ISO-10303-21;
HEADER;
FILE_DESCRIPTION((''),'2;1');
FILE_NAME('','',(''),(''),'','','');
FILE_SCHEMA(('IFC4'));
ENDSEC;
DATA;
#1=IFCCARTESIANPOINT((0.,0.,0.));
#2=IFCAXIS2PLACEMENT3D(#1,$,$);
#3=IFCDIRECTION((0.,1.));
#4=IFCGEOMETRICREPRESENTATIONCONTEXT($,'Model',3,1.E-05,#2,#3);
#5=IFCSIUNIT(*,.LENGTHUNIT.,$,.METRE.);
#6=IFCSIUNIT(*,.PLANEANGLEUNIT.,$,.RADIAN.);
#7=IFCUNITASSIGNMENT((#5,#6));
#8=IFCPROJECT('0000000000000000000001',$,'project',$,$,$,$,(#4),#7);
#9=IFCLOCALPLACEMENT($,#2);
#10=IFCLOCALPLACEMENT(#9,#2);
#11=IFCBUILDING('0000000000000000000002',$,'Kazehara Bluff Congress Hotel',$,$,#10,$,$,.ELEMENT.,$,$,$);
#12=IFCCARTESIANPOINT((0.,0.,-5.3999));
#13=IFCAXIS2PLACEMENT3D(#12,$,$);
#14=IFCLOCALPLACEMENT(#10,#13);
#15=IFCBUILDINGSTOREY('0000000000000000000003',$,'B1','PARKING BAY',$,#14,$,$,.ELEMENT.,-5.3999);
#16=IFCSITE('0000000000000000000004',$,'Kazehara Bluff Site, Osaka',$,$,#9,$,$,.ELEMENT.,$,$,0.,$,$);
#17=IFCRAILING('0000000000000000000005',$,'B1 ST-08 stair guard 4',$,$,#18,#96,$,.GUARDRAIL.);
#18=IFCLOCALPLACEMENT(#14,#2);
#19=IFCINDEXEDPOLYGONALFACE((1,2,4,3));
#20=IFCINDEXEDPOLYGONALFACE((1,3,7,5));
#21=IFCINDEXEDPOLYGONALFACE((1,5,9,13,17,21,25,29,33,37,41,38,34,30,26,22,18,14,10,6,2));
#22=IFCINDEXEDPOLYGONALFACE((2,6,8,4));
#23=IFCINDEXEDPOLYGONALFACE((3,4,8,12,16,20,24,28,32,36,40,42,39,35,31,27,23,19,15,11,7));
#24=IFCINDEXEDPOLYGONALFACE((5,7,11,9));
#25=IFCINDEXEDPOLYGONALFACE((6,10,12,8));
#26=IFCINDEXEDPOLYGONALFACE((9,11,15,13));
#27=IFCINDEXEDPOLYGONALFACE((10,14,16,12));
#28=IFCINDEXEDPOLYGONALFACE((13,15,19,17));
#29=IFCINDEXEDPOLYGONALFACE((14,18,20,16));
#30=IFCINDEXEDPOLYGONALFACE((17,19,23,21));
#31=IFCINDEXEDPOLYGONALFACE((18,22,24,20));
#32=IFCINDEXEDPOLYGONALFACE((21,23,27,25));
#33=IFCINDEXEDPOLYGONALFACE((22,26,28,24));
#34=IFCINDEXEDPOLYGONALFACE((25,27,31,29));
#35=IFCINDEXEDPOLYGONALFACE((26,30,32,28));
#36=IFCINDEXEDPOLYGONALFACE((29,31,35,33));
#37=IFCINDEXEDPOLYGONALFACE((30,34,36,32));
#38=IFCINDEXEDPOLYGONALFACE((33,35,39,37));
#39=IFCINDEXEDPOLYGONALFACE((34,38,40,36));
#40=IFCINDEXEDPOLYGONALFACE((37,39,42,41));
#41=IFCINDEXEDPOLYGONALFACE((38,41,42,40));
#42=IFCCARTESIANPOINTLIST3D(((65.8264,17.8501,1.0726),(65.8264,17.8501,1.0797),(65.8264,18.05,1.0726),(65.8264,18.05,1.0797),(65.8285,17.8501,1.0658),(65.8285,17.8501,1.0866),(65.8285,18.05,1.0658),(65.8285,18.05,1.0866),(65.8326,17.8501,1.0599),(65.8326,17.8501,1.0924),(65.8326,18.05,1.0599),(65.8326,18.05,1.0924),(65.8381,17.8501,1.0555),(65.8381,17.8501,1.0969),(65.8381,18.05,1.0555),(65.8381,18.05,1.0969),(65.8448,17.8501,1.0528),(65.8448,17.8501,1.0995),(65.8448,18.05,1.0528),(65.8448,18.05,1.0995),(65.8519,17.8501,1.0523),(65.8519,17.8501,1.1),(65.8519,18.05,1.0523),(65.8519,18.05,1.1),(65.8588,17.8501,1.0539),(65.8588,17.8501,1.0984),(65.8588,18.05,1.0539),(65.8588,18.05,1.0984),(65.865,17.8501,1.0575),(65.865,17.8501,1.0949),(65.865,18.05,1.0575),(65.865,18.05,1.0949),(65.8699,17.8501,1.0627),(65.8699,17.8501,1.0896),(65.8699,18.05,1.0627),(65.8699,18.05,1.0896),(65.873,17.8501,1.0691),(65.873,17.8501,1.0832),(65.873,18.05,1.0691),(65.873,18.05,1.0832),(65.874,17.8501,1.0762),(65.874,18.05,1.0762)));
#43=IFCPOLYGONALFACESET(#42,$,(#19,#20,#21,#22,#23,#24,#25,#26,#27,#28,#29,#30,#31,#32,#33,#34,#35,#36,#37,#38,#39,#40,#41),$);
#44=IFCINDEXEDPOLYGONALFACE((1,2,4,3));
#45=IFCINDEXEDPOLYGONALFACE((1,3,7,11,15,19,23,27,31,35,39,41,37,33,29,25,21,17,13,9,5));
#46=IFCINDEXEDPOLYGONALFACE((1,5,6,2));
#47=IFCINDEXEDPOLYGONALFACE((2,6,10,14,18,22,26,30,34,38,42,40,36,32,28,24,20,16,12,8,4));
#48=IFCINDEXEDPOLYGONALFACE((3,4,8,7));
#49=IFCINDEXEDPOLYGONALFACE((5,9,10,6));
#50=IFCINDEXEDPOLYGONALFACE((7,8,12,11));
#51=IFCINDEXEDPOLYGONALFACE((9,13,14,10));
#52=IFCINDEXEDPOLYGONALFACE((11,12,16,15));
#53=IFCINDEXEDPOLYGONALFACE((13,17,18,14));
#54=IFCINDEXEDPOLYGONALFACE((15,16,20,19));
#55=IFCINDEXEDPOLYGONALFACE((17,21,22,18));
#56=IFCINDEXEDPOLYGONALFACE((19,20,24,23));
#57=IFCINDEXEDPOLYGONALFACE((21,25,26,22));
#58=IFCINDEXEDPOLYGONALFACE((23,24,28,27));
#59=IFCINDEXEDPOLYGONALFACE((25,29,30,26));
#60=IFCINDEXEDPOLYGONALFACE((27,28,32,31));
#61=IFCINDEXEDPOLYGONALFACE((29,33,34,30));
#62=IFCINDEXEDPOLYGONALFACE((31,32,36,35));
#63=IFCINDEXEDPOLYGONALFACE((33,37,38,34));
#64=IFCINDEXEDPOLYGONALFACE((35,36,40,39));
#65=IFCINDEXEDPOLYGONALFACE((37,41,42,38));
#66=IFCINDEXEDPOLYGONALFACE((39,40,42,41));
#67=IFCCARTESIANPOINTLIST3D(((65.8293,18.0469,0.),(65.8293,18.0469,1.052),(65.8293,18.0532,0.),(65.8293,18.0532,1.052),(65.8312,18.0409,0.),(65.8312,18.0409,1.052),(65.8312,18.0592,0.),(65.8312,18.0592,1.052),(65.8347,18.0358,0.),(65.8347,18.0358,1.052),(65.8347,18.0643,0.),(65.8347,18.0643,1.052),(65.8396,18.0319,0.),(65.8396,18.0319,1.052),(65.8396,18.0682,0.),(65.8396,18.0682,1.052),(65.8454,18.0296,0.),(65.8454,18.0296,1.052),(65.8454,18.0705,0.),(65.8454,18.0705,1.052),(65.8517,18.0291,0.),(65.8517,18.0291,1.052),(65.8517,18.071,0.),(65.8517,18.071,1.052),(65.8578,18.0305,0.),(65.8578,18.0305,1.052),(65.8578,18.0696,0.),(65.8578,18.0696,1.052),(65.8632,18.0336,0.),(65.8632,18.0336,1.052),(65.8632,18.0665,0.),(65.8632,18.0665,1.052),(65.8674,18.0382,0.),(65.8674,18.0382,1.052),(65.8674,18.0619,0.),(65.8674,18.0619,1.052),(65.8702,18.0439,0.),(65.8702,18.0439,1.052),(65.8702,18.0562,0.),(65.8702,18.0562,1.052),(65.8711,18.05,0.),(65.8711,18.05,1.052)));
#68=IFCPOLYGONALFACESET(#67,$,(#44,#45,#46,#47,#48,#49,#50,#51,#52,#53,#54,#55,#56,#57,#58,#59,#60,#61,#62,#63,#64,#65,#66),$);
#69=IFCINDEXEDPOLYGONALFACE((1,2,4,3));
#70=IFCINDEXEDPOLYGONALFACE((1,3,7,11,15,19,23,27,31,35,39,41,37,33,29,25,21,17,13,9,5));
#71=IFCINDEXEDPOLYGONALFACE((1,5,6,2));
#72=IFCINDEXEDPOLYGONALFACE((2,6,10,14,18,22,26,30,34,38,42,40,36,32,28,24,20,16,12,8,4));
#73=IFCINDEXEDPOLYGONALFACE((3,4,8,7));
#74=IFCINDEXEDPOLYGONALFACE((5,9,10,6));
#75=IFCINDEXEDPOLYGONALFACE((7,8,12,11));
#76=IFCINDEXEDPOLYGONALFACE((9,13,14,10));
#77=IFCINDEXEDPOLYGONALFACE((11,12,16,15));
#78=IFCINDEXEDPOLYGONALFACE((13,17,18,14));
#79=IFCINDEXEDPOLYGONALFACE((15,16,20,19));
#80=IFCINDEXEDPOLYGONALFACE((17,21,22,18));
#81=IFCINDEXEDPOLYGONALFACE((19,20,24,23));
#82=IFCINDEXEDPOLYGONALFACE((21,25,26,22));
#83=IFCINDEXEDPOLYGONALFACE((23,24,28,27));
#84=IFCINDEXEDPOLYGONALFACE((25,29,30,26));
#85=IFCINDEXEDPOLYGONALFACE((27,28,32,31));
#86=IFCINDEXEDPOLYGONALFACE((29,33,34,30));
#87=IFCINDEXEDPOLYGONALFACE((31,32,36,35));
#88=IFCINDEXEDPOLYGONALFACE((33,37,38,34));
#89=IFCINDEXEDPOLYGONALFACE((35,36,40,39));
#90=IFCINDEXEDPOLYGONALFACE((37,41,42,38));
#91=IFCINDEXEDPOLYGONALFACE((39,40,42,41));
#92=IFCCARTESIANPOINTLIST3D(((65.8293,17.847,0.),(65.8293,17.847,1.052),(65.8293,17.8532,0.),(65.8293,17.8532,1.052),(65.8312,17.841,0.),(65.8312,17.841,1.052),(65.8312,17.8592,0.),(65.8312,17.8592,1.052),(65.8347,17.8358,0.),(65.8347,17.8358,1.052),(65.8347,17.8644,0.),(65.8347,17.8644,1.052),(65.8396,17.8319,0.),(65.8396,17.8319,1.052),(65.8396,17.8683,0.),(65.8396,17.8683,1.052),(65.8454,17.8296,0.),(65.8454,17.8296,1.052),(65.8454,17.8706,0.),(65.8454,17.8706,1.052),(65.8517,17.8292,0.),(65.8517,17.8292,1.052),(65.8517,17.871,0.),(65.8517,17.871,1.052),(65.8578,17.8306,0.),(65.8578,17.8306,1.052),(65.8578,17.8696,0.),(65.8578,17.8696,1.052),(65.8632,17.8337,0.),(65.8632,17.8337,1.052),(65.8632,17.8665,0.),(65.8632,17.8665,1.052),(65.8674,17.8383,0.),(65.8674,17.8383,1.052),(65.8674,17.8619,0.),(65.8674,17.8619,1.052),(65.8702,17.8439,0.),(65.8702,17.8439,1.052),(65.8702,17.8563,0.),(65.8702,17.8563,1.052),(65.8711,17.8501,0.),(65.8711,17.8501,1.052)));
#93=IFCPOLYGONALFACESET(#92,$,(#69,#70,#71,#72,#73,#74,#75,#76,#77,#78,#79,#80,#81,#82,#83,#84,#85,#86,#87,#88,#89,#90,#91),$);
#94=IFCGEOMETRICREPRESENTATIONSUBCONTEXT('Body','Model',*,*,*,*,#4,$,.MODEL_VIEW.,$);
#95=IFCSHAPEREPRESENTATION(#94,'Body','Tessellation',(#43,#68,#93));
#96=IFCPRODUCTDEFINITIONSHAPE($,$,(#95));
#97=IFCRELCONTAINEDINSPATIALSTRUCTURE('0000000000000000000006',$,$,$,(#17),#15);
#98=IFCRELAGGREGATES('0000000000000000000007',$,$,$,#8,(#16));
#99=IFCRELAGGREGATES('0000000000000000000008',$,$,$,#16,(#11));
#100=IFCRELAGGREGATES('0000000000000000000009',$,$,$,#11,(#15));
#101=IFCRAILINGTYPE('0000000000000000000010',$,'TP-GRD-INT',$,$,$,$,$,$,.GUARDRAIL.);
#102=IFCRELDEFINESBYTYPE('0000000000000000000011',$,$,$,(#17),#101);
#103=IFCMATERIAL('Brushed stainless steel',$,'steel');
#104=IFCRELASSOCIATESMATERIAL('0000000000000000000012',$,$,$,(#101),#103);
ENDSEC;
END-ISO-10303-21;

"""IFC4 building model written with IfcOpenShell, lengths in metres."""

from ifc_helpers import new_model, si_unit, direction, frame, origin, origin_2d, place, context, subcontext, project, spatial, circle, extrude, material, type_object, element, save


model = new_model("IFC4")

# Units and contexts
model_context = context("Model", 3, precision=1e-05, world=origin(), true_north=direction((0.0, 1.0)))
body_context = subcontext(model_context, "Body", "Model", "MODEL_VIEW")
ifc_project = project(units=[si_unit("LENGTHUNIT", "METRE"), si_unit("PLANEANGLEUNIT", "RADIAN")], contexts=[model_context])

# Site, building, storey
site_placement = place(None, origin())
site = spatial("IfcSite", under=ifc_project, at=site_placement, Name="Kazehara Bluff Site, Osaka", CompositionType="ELEMENT", RefElevation=0.0)
building_placement = place(site_placement, origin())
building = spatial("IfcBuilding", under=site, at=building_placement, Name="Kazehara Bluff Congress Hotel", CompositionType="ELEMENT")
storey_placement = place(building_placement, frame((0.0, 0.0, -5.3999)))
storey = spatial("IfcBuildingStorey", under=building, at=storey_placement, Name="B1", Description="PARKING BAY", CompositionType="ELEMENT", Elevation=-5.3999)

# Railing
ifc_material_1 = material(Name="Brushed stainless steel", Category="steel")
railing_type_1 = type_object("IfcRailingType", Name="TP-GRD-INT", PredefinedType="GUARDRAIL", material=ifc_material_1)
railing_1_placement = place(storey_placement, frame((65.8501, 18.05, 0.0)))
element("IfcRailing", 1, at=railing_1_placement, inside=storey, type_object=railing_type_1, Name="B1 ST-08 stair guard 4", PredefinedType="GUARDRAIL", context=body_context, shape_type="SweptSolid", body=[
    extrude(circle(Radius=0.0239, at=origin_2d()), frame((0.0, 0.0, 1.0762), z_axis=(0.0, -1.0, 0.0), x_axis=(1.0, 0.0, 0.0)), (0.0, 0.0, 1.0), 0.2),
    extrude(circle(Radius=0.021, at=origin_2d()), origin(), (0.0, 0.0, 1.0), 1.052),
    extrude(circle(Radius=0.021, at=origin_2d()), frame((0.0, -0.2, 0.0)), (0.0, 0.0, 1.0), 1.052),
])

save(model, "model.ifc")
